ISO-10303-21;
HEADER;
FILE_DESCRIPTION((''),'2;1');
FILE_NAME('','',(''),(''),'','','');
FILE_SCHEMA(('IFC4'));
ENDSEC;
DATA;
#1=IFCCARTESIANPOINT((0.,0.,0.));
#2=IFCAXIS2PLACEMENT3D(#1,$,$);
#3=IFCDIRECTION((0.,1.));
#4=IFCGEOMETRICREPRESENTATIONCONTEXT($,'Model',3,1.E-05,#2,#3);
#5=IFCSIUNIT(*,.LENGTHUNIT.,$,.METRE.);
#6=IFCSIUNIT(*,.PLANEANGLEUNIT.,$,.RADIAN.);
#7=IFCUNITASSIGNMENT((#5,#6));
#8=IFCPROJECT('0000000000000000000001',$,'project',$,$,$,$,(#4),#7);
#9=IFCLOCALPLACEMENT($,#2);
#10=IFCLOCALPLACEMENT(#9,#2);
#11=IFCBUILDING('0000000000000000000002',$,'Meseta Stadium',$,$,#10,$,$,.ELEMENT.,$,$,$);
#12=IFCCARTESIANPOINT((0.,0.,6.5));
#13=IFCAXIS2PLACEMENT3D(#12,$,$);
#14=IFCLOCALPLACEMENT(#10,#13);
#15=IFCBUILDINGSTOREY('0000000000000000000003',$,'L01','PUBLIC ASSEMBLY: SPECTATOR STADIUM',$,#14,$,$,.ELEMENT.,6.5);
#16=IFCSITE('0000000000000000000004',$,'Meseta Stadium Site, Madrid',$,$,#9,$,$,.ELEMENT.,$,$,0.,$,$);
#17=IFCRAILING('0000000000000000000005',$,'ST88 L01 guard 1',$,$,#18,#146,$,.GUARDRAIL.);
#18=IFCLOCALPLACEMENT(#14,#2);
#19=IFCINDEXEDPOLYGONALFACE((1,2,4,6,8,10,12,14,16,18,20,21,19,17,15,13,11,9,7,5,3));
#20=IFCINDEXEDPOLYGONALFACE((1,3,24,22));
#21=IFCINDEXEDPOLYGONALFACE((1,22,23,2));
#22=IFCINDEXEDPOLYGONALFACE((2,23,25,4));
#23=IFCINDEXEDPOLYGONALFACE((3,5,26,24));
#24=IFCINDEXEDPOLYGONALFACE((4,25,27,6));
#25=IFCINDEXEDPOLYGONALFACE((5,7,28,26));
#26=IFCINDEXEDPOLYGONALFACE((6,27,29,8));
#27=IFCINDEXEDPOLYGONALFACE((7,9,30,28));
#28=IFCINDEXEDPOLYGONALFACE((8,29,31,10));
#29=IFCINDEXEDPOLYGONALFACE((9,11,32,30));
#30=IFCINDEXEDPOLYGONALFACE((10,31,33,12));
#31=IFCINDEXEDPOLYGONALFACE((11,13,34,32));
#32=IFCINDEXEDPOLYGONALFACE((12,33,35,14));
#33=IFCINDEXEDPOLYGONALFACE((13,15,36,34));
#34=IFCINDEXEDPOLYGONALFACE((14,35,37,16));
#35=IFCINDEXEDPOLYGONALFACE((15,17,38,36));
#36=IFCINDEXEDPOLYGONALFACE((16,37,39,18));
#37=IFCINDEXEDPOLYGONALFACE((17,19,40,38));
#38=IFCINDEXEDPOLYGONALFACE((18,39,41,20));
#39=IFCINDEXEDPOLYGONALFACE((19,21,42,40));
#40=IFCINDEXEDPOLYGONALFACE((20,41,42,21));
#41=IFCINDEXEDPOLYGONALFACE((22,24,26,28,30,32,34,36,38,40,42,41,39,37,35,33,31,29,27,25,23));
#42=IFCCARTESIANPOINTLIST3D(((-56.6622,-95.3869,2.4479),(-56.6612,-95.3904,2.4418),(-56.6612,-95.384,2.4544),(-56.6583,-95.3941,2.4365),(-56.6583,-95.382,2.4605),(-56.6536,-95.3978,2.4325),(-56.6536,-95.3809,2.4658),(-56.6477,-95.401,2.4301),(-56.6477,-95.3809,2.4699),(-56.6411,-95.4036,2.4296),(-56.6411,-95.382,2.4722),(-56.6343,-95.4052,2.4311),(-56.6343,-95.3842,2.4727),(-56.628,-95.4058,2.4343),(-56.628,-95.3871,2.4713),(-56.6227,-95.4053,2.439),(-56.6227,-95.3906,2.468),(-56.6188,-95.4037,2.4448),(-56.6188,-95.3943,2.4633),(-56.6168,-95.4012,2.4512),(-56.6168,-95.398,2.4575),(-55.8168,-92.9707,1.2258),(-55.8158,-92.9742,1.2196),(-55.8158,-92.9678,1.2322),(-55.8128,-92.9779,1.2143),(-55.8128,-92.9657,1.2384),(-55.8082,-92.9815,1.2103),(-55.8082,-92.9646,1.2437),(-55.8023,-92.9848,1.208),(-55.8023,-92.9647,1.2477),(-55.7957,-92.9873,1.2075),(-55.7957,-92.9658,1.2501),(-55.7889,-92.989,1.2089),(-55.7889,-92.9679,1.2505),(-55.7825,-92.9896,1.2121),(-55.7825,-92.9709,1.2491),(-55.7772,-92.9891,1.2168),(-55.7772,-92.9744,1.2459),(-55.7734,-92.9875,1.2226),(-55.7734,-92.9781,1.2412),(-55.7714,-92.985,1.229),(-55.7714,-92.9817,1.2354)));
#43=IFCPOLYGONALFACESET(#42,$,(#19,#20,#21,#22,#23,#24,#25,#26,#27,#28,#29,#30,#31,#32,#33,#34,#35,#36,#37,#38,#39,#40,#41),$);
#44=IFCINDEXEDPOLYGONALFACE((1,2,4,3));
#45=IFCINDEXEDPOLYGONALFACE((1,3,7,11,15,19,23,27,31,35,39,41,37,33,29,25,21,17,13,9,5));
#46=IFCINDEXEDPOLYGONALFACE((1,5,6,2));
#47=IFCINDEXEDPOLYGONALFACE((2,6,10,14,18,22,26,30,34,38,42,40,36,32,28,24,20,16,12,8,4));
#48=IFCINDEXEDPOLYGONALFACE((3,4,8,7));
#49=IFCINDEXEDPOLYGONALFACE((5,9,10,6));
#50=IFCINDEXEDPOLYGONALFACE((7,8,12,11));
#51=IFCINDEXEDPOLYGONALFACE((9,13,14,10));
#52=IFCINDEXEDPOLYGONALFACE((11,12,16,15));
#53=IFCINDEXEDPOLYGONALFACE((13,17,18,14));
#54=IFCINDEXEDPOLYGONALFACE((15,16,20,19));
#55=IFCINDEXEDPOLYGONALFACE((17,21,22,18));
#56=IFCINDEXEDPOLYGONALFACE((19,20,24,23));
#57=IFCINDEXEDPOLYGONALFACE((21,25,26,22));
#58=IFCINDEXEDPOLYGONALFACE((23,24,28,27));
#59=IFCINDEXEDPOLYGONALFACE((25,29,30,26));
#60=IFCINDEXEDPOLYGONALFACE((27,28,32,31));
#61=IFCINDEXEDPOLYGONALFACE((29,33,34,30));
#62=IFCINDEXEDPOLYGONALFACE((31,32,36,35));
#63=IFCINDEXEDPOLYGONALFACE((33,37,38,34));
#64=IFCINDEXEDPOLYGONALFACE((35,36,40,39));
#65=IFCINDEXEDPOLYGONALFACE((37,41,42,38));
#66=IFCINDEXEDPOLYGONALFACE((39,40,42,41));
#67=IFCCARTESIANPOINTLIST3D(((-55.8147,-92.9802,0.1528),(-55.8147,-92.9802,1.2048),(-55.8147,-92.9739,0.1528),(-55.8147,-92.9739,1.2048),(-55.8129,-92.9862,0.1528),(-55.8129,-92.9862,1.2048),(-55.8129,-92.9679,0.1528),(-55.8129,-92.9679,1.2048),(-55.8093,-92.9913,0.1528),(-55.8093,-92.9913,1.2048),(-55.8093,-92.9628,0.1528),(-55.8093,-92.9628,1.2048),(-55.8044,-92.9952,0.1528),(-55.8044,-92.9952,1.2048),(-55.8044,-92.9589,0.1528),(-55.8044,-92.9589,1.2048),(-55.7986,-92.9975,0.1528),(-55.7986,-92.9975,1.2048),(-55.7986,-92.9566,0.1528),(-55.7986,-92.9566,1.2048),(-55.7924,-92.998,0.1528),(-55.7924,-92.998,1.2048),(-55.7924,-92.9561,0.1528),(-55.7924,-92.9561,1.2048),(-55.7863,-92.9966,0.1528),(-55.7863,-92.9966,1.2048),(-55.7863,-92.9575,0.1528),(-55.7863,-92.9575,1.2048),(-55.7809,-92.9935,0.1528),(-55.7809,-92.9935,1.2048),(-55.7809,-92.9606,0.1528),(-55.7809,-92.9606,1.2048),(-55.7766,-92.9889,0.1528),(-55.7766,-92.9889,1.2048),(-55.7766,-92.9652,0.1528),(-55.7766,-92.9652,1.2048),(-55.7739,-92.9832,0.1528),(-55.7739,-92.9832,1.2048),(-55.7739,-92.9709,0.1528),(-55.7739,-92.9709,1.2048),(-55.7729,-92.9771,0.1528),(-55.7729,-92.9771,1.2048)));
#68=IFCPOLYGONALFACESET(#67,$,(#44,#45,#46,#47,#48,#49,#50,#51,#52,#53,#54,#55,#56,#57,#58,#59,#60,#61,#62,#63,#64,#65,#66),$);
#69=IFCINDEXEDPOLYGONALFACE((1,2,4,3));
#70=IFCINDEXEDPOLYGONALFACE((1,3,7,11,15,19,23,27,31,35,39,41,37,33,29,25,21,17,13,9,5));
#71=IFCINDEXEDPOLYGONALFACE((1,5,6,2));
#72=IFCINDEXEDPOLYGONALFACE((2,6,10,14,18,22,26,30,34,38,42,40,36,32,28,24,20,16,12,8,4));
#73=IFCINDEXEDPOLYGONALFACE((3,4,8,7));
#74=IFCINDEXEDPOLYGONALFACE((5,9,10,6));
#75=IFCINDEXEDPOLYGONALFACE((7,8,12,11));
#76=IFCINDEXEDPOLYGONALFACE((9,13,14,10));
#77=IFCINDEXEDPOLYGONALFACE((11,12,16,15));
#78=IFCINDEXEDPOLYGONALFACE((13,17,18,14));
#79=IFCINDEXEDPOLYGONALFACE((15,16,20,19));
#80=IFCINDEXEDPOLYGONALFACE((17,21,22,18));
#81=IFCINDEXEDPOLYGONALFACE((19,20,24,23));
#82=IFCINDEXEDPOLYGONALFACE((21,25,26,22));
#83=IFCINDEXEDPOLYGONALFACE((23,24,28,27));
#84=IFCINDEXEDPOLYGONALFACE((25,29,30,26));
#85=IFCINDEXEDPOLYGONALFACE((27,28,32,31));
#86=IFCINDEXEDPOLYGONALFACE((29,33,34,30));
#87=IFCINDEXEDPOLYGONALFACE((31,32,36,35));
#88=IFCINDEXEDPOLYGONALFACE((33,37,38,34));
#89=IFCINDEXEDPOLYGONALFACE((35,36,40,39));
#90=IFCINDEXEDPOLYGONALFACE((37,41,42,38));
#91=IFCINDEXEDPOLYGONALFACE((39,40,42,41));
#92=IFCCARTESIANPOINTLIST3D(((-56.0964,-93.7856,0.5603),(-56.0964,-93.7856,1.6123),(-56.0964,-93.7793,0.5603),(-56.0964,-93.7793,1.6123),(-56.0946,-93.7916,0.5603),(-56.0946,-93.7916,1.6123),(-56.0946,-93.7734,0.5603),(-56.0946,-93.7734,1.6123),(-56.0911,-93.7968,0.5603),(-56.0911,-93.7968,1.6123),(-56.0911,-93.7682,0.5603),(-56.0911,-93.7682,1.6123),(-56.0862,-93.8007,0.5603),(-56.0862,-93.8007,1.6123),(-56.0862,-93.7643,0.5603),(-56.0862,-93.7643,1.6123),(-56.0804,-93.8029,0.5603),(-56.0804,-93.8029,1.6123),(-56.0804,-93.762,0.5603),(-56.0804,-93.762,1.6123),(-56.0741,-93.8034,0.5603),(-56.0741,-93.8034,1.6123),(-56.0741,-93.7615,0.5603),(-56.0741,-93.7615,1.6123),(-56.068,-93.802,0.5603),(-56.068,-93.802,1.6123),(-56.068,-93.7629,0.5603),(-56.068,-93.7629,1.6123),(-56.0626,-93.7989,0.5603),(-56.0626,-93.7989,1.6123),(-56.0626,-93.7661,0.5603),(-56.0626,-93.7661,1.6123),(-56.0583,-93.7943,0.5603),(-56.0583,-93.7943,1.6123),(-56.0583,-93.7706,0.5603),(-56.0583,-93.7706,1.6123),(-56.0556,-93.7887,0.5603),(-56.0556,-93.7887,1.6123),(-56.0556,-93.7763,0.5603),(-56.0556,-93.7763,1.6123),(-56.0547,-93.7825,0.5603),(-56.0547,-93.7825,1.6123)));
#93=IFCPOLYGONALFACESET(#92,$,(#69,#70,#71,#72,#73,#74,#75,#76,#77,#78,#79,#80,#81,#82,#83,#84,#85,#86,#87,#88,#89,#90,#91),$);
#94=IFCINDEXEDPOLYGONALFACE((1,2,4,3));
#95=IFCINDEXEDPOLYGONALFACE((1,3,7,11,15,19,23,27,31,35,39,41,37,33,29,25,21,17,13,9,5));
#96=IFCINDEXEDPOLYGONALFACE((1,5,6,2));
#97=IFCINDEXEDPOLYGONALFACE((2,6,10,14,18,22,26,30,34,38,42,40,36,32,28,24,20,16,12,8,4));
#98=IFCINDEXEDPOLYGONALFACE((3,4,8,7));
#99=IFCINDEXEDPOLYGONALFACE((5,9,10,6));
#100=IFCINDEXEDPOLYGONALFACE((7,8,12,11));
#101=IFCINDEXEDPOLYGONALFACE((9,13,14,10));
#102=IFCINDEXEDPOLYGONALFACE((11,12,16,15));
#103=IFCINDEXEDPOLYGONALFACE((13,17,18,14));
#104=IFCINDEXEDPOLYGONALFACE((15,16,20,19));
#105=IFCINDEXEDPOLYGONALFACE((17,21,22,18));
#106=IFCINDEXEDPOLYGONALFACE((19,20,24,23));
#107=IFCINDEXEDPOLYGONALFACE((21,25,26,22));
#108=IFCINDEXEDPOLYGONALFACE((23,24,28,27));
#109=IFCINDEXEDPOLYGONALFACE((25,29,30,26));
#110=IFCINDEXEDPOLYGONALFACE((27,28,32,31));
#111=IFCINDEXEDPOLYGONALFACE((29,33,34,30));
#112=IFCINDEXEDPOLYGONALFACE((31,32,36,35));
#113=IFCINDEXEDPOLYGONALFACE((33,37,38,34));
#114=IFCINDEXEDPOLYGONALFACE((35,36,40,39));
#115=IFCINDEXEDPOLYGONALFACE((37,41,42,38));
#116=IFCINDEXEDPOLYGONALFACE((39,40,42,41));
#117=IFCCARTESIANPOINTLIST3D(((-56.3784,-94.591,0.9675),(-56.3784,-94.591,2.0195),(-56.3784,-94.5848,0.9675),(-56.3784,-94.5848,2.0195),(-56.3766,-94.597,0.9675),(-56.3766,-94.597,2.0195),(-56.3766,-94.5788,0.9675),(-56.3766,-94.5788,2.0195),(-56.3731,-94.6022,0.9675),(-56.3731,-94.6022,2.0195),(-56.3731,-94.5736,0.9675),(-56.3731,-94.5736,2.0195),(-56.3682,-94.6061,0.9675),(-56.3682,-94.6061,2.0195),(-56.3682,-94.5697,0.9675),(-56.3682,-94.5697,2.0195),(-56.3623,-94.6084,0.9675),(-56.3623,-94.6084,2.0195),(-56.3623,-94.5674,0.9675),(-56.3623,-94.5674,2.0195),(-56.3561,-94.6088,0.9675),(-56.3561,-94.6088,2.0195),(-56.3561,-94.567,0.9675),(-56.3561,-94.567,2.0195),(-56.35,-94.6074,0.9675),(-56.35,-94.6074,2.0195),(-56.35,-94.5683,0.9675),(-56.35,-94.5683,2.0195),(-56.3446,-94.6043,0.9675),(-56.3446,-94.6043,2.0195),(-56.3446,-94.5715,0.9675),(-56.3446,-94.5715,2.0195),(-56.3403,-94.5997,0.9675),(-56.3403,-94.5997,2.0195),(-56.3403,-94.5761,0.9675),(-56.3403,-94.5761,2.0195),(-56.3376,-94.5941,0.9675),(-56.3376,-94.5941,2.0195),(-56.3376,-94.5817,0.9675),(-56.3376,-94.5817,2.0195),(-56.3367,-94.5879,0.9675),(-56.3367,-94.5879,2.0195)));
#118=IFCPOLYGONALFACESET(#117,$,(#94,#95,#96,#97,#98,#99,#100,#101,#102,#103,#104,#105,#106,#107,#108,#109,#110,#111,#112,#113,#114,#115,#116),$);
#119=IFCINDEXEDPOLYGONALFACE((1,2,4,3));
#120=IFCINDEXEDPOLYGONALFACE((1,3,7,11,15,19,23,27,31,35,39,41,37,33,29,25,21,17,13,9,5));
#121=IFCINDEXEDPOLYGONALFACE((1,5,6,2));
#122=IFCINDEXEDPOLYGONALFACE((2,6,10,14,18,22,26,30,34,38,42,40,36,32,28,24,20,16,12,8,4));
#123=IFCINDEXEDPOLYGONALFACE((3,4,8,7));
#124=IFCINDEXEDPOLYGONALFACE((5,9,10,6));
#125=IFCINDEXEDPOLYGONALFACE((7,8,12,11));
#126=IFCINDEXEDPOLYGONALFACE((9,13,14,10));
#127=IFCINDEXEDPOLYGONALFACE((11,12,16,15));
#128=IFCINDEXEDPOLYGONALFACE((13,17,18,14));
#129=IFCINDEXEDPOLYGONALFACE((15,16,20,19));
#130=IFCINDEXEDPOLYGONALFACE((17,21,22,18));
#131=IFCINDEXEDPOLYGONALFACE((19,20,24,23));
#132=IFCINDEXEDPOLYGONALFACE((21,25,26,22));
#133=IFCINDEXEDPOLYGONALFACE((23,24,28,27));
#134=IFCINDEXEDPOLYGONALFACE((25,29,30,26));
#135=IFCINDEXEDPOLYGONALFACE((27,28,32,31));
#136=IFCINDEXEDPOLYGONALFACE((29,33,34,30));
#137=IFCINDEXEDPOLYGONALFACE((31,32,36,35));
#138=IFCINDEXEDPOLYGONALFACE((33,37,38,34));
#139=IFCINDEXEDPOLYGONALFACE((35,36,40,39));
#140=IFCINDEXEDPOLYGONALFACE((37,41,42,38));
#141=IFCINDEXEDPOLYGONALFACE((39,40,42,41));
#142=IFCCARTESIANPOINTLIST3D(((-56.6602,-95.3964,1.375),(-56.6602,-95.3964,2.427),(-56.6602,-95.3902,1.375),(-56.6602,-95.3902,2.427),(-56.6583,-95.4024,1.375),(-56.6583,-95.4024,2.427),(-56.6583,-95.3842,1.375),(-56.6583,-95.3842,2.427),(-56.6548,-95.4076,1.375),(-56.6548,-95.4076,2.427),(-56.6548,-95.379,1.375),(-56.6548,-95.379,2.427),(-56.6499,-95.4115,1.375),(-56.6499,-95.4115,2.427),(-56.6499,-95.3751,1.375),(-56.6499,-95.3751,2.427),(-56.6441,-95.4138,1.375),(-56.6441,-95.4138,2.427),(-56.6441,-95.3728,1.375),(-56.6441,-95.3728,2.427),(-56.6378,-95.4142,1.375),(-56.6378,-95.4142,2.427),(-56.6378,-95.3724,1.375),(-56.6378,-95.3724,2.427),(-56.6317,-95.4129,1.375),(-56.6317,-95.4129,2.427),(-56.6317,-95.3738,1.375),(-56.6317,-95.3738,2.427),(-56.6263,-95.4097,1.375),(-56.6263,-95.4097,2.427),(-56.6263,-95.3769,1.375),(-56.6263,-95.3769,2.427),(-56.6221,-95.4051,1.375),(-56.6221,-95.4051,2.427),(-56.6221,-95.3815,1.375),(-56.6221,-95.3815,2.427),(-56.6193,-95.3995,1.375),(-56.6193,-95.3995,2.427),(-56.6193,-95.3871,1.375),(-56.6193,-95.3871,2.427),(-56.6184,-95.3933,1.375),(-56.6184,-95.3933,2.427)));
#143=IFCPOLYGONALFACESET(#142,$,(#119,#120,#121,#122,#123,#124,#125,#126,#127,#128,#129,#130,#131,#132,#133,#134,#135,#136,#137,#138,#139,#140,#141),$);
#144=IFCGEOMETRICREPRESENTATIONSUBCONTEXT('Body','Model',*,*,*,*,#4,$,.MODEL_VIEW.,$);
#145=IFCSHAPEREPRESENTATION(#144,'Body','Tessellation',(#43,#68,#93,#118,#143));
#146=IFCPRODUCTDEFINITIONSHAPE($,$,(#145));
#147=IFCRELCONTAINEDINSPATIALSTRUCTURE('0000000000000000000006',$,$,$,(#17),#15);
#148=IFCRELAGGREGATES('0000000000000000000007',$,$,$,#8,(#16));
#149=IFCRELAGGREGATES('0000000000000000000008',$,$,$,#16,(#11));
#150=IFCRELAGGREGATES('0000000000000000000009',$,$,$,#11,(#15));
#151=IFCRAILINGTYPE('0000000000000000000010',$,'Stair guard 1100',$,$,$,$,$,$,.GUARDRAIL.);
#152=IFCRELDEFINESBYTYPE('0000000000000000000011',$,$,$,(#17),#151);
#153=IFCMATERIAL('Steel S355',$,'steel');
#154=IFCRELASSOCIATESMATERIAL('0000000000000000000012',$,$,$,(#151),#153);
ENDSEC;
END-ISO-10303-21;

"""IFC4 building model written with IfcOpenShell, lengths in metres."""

from ifc_helpers import new_model, si_unit, direction, frame, origin, origin_2d, place, context, subcontext, project, spatial, circle, extrude, material, type_object, element, save


model = new_model("IFC4")

# Units and contexts
model_context = context("Model", 3, precision=1e-05, world=origin(), true_north=direction((0.0, 1.0)))
body_context = subcontext(model_context, "Body", "Model", "MODEL_VIEW")
ifc_project = project(units=[si_unit("LENGTHUNIT", "METRE"), si_unit("PLANEANGLEUNIT", "RADIAN")], contexts=[model_context])

# Site, building, storey
site_placement = place(None, origin())
site = spatial("IfcSite", under=ifc_project, at=site_placement, Name="Meseta Stadium Site, Madrid", CompositionType="ELEMENT", RefElevation=0.0)
building_placement = place(site_placement, origin())
building = spatial("IfcBuilding", under=site, at=building_placement, Name="Meseta Stadium", CompositionType="ELEMENT")
storey_placement = place(building_placement, frame((0.0, 0.0, 6.5)))
storey = spatial("IfcBuildingStorey", under=building, at=storey_placement, Name="L01", Description="PUBLIC ASSEMBLY: SPECTATOR STADIUM", CompositionType="ELEMENT", Elevation=6.5)

# Railing
ifc_material_1 = material(Name="Steel S355", Category="steel")
railing_type_1 = type_object("IfcRailingType", Name="Stair guard 1100", PredefinedType="GUARDRAIL", material=ifc_material_1)
for number, where, name in (
    (1, (-55.7939, -92.9771, 0.1528), "ST88 L01 guard 1"),
):
    element("IfcRailing", number, at=place(storey_placement, frame(where)), inside=storey, type_object=railing_type_1, Name=name, PredefinedType="GUARDRAIL", context=body_context, shape_type="SweptSolid", body=[
        extrude(circle(Radius=0.0239, at=origin_2d()), frame((0.0, 0.0, 1.0762), z_axis=(-0.298044, -0.851789, 0.430843), x_axis=(0.943887, -0.33027, 0.0)), (0.0, 0.0, 1.0), 2.8367),
        extrude(circle(Radius=0.021, at=origin_2d()), origin(), (0.0, 0.0, 1.0), 1.052),
        extrude(circle(Radius=0.021, at=origin_2d()), frame((-0.2817, -0.8054, 0.4075)), (0.0, 0.0, 1.0), 1.052),
        extrude(circle(Radius=0.021, at=origin_2d()), frame((-0.5637, -1.6108, 0.8147)), (0.0, 0.0, 1.0), 1.052),
        extrude(circle(Radius=0.021, at=origin_2d()), frame((-0.8455, -2.4163, 1.2222)), (0.0, 0.0, 1.0), 1.052),
    ])

save(model, "model.ifc")
